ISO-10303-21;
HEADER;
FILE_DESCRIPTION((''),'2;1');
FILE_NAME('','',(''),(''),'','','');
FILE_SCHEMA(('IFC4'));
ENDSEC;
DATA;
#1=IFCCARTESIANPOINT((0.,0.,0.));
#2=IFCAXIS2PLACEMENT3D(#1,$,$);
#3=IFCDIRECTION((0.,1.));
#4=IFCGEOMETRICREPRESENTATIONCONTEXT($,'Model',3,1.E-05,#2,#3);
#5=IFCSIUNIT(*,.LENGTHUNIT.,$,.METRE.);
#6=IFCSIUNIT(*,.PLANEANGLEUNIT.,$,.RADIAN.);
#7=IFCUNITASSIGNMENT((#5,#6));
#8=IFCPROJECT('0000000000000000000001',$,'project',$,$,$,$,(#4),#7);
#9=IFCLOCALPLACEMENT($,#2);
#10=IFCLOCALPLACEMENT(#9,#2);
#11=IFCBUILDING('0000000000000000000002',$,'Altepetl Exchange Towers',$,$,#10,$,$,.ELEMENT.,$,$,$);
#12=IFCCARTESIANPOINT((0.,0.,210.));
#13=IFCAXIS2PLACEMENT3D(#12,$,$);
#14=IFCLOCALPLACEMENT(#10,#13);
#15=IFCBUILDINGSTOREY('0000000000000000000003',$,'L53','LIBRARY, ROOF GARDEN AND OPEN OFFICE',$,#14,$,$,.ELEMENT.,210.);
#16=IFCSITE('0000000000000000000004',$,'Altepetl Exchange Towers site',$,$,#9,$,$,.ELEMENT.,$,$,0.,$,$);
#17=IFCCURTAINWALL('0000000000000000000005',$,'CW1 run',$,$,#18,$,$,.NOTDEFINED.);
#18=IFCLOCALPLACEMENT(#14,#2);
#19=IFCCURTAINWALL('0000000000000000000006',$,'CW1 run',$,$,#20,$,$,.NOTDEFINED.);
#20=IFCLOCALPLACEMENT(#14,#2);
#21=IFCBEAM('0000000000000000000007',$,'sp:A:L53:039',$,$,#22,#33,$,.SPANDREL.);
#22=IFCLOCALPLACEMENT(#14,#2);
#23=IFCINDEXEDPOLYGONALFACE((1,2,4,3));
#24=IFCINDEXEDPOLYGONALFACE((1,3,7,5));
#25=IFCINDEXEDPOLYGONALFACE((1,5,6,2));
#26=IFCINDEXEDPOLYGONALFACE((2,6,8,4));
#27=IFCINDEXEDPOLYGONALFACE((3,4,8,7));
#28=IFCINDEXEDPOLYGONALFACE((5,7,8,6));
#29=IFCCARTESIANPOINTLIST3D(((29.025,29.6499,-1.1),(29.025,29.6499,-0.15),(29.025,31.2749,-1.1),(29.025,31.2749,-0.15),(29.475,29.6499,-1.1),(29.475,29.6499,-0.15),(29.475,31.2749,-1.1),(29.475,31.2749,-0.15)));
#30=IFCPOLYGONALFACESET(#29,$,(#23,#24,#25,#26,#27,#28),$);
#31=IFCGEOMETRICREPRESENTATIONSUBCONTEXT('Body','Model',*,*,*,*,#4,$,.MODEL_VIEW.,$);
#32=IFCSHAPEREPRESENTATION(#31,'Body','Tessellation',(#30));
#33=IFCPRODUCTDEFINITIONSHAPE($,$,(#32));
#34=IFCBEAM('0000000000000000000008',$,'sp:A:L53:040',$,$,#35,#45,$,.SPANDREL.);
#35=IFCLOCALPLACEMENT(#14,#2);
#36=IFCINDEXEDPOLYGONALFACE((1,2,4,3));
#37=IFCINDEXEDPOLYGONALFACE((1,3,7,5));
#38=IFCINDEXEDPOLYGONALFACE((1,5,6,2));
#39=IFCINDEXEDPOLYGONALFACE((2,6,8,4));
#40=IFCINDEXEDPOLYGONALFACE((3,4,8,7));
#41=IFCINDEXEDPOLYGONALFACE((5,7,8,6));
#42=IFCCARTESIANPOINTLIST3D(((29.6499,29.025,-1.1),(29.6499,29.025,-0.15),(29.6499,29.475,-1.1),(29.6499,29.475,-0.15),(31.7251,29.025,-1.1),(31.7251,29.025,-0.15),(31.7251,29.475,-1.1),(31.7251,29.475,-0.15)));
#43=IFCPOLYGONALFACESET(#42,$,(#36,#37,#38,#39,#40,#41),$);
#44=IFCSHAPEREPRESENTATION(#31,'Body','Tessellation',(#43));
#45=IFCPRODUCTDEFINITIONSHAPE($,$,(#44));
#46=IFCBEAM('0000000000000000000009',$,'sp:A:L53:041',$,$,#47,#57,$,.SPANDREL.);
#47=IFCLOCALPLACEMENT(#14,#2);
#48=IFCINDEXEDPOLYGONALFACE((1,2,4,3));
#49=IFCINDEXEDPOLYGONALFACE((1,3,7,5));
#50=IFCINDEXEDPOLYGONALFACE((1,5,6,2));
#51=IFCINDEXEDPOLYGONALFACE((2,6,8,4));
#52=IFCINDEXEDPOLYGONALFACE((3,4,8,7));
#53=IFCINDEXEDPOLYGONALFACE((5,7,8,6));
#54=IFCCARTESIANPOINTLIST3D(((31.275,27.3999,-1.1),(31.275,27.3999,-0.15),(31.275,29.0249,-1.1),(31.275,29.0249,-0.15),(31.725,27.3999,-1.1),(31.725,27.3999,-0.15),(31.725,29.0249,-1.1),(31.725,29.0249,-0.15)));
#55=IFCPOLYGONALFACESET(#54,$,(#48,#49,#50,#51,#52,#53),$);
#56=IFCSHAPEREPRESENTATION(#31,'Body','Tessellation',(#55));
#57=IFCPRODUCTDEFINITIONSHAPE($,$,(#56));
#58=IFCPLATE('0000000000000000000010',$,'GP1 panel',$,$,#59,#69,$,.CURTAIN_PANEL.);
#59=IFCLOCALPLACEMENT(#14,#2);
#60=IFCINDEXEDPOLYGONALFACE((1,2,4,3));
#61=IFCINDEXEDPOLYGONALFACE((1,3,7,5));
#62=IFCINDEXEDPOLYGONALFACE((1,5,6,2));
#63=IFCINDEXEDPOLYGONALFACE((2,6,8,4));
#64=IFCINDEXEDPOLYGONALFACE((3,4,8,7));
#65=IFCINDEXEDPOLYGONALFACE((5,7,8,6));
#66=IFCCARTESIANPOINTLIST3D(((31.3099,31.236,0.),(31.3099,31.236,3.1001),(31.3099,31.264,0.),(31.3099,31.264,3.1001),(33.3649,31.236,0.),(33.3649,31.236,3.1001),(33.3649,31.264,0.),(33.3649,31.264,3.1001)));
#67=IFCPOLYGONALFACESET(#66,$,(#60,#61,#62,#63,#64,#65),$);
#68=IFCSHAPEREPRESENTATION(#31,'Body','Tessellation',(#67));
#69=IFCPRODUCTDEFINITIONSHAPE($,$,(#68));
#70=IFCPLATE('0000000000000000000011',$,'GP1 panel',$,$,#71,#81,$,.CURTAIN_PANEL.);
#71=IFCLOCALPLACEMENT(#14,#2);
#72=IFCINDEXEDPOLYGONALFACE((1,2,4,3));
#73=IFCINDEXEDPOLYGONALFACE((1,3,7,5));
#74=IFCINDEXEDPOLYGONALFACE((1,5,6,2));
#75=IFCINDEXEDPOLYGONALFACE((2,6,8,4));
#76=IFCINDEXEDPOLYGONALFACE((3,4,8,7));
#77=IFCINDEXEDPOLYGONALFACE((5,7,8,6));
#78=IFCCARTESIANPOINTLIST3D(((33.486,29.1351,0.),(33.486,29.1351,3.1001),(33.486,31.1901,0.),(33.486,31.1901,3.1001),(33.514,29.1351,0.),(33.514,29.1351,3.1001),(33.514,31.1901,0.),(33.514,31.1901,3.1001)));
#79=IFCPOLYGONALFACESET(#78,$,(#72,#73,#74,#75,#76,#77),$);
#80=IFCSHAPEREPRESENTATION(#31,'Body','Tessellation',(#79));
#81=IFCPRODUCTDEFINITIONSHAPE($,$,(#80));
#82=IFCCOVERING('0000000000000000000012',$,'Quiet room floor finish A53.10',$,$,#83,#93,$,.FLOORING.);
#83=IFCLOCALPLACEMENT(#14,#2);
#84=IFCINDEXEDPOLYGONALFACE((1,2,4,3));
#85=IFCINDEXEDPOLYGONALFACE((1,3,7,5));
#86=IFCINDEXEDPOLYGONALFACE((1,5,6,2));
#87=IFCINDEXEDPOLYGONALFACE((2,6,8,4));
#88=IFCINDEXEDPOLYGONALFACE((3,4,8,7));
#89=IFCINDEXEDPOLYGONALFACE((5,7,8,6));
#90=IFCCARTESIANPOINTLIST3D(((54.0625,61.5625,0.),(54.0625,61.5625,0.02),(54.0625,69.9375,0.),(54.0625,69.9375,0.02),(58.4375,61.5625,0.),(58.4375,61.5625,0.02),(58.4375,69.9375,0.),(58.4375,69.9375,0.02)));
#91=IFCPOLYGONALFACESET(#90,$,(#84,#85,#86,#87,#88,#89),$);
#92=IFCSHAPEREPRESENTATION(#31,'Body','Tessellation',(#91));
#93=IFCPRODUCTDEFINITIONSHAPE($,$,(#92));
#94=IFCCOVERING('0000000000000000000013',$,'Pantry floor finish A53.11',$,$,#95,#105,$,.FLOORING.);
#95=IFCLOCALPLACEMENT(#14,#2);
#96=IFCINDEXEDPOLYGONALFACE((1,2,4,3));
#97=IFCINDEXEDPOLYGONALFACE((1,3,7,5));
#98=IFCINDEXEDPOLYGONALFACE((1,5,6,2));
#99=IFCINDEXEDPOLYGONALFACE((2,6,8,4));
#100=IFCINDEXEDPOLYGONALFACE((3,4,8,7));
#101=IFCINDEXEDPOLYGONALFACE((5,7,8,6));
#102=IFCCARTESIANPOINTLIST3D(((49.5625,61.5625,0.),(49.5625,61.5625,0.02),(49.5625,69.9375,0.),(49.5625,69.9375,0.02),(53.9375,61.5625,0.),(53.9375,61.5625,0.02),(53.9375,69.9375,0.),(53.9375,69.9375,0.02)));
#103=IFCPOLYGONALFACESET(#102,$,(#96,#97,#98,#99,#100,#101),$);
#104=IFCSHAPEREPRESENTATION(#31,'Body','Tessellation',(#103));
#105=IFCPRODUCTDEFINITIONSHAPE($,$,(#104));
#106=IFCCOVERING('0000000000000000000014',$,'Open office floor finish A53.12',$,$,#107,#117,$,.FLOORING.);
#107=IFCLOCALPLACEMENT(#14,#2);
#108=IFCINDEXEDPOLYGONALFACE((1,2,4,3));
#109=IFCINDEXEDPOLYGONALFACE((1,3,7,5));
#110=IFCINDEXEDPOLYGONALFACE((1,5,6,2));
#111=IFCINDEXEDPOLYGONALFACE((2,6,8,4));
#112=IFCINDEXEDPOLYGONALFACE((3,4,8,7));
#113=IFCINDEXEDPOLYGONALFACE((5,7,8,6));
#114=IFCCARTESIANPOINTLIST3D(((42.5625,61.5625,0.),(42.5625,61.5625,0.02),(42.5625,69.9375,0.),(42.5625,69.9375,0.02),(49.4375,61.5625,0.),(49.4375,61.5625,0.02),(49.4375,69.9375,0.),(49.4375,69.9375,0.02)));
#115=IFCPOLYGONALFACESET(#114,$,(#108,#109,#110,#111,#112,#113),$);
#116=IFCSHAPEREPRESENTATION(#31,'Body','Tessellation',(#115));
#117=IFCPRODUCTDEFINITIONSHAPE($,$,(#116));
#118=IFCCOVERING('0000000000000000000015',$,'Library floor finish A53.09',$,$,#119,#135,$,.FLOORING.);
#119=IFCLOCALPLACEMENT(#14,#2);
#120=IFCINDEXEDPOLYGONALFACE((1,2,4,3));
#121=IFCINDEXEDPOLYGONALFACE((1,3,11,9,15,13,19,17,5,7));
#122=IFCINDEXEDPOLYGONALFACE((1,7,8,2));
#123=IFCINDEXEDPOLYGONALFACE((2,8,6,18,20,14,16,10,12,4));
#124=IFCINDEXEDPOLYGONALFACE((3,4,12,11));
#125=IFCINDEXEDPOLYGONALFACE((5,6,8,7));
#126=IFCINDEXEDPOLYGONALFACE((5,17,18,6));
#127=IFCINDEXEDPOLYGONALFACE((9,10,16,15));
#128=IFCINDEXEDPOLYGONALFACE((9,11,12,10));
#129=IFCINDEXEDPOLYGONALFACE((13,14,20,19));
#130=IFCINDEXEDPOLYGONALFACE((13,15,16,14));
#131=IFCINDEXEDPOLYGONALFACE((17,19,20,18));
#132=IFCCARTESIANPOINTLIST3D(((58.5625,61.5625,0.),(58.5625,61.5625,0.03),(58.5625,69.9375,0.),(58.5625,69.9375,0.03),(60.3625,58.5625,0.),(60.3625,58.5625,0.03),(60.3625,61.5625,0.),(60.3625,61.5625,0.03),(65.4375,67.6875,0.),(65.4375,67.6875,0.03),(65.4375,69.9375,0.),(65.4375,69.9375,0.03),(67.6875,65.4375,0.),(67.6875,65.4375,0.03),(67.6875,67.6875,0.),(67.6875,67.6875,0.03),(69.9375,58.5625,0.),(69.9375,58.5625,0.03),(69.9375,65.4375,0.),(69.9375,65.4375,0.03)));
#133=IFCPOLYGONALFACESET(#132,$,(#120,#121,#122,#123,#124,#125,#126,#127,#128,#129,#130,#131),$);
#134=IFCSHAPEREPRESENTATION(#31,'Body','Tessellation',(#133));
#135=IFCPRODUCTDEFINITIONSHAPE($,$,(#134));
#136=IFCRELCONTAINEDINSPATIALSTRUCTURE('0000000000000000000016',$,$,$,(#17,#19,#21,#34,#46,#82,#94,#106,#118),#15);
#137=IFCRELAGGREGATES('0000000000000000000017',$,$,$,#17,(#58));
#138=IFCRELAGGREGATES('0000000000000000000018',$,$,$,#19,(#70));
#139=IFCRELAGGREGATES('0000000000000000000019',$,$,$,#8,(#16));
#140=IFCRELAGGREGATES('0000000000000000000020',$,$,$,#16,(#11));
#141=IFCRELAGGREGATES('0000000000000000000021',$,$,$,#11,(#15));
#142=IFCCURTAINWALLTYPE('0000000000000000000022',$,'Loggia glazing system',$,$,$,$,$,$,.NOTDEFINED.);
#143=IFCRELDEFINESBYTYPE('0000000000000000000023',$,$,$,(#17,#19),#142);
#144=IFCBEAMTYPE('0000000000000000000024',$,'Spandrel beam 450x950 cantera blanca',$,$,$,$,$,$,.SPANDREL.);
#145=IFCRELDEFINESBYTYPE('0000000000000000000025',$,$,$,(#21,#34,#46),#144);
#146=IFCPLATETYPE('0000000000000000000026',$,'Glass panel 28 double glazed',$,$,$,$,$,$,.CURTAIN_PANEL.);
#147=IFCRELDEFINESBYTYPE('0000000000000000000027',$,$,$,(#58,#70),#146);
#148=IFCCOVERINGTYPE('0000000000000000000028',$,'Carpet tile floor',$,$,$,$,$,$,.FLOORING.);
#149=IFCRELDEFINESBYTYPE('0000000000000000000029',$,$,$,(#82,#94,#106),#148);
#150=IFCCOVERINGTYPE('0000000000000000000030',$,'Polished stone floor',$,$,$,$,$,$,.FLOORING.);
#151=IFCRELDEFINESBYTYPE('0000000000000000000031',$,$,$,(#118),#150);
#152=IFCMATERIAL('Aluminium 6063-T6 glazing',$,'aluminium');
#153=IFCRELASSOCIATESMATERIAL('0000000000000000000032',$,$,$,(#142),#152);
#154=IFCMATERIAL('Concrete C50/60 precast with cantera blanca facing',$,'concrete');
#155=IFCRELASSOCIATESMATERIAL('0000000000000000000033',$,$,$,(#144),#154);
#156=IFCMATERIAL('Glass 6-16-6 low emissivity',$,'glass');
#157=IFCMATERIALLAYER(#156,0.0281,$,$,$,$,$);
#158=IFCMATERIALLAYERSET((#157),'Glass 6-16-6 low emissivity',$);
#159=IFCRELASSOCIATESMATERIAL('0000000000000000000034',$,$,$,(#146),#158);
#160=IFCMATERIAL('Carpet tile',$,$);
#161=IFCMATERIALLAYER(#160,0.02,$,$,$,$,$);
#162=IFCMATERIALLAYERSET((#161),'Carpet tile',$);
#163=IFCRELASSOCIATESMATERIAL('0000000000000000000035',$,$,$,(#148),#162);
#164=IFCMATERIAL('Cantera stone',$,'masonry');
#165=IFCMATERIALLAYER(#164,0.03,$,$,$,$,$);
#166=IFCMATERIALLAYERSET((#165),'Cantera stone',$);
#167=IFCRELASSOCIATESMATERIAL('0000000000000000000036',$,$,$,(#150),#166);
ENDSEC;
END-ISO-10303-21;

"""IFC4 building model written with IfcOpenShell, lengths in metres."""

from ifc_helpers import new_model, si_unit, direction, frame, origin, origin_2d, place, context, subcontext, project, spatial, polyline, rectangle, outline, extrude, material, layer, layer_set, material_profile, profile_set, type_object, element, aggregate, save


model = new_model("IFC4")

# Units and contexts
model_context = context("Model", 3, precision=1e-05, world=origin(), true_north=direction((0.0, 1.0)))
body_context = subcontext(model_context, "Body", "Model", "MODEL_VIEW")
ifc_project = project(units=[si_unit("LENGTHUNIT", "METRE"), si_unit("PLANEANGLEUNIT", "RADIAN")], contexts=[model_context])

# Site, building, storey
site_placement = place(None, origin())
site = spatial("IfcSite", under=ifc_project, at=site_placement, Name="Altepetl Exchange Towers site", CompositionType="ELEMENT", RefElevation=0.0)
building_placement = place(site_placement, origin())
building = spatial("IfcBuilding", under=site, at=building_placement, Name="Altepetl Exchange Towers", CompositionType="ELEMENT")
storey_placement = place(building_placement, frame((0.0, 0.0, 210.0)))
storey = spatial("IfcBuildingStorey", under=building, at=storey_placement, Name="L53", Description="LIBRARY, ROOF GARDEN AND OPEN OFFICE", CompositionType="ELEMENT", Elevation=210.0)

# Shared definitions
ifc_material_1 = material(Name="Aluminium 6063-T6 glazing", Category="aluminium")
curtain_wall_type = type_object("IfcCurtainWallType", Name="Loggia glazing system", PredefinedType="NOTDEFINED", material=ifc_material_1)

# Curtain walls
curtain_wall_1_placement = place(storey_placement, origin())
curtain_wall_1 = element("IfcCurtainWall", 1, at=curtain_wall_1_placement, inside=storey, type_object=curtain_wall_type, Name="CW1 run", PredefinedType="NOTDEFINED")
curtain_wall_2_placement = place(storey_placement, origin())
curtain_wall_2 = element("IfcCurtainWall", 2, at=curtain_wall_2_placement, inside=storey, type_object=curtain_wall_type, Name="CW1 run", PredefinedType="NOTDEFINED")

# Beams
ifc_material_2 = material(Name="Concrete C50/60 precast with cantera blanca facing", Category="concrete")
ifc_material_profile_1 = material_profile(ifc_material_2, rectangle(XDim=0.45, YDim=0.95, at=origin_2d()), Name="450 x 950")
ifc_profile_set_1 = profile_set([ifc_material_profile_1], Name="Concrete C50/60 precast with cantera blanca facing")
beam_type_1 = type_object("IfcBeamType", Name="Spandrel beam 450x950 cantera blanca", PredefinedType="SPANDREL", material=ifc_profile_set_1)
beam_1_placement = place(storey_placement, frame((29.25, 31.2749, -0.625), z_axis=(0.0, -1.0, 0.0), x_axis=(1.0, 0.0, 0.0)))
element("IfcBeam", 3, at=beam_1_placement, inside=storey, type_object=beam_type_1, Name="sp:A:L53:039", PredefinedType="SPANDREL", context=body_context, shape_type="SweptSolid", body=[
    extrude(rectangle(XDim=0.45, YDim=0.95, at=origin_2d()), origin(), (0.0, 0.0, 1.0), 1.625),
])
beam_2_placement = place(storey_placement, frame((29.6499, 29.25, -0.625), z_axis=(1.0, 0.0, 0.0), x_axis=(0.0, 1.0, 0.0)))
element("IfcBeam", 4, at=beam_2_placement, inside=storey, type_object=beam_type_1, Name="sp:A:L53:040", PredefinedType="SPANDREL", context=body_context, shape_type="SweptSolid", body=[
    extrude(rectangle(XDim=0.45, YDim=0.95, at=origin_2d()), origin(), (0.0, 0.0, 1.0), 2.0752),
])
beam_3_placement = place(storey_placement, frame((31.5, 29.0249, -0.625), z_axis=(0.0, -1.0, 0.0), x_axis=(1.0, 0.0, 0.0)))
element("IfcBeam", 5, at=beam_3_placement, inside=storey, type_object=beam_type_1, Name="sp:A:L53:041", PredefinedType="SPANDREL", context=body_context, shape_type="SweptSolid", body=[
    extrude(rectangle(XDim=0.45, YDim=0.95, at=origin_2d()), origin(), (0.0, 0.0, 1.0), 1.625),
])

# Plates
ifc_material_3 = material(Name="Glass 6-16-6 low emissivity", Category="glass")
ifc_layer_1 = layer(ifc_material_3, 0.0281)
ifc_layer_set_1 = layer_set([ifc_layer_1], Name="Glass 6-16-6 low emissivity")
plate_type = type_object("IfcPlateType", Name="Glass panel 28 double glazed", PredefinedType="CURTAIN_PANEL", material=ifc_layer_set_1)
plate_1_placement = place(storey_placement, frame((32.3374, 31.25, 0.0)))
plate_1 = element("IfcPlate", 6, at=plate_1_placement, type_object=plate_type, Name="GP1 panel", PredefinedType="CURTAIN_PANEL", context=body_context, shape_type="SweptSolid", body=[
    extrude(rectangle(XDim=2.0549, YDim=0.0281, at=origin_2d()), origin(), (0.0, 0.0, 1.0), 3.1001),
])
aggregate(curtain_wall_1, [plate_1])
plate_2_placement = place(storey_placement, frame((33.5, 30.1626, 0.0), z_axis=(0.0, 0.0, 1.0), x_axis=(0.0, -1.0, 0.0)))
plate_2 = element("IfcPlate", 7, at=plate_2_placement, type_object=plate_type, Name="GP1 panel", PredefinedType="CURTAIN_PANEL", context=body_context, shape_type="SweptSolid", body=[
    extrude(rectangle(XDim=2.0549, YDim=0.0281, at=origin_2d()), origin(), (0.0, 0.0, 1.0), 3.1001),
])
aggregate(curtain_wall_2, [plate_2])

# Coverings
ifc_material_4 = material(Name="Carpet tile")
ifc_layer_2 = layer(ifc_material_4, 0.02)
ifc_layer_set_2 = layer_set([ifc_layer_2], Name="Carpet tile")
covering_type_1 = type_object("IfcCoveringType", Name="Carpet tile floor", PredefinedType="FLOORING", material=ifc_layer_set_2)
covering_1_placement = place(storey_placement, origin())
element("IfcCovering", 8, at=covering_1_placement, inside=storey, type_object=covering_type_1, Name="Quiet room floor finish A53.10", PredefinedType="FLOORING", context=body_context, shape_type="SweptSolid", body=[
    extrude(outline(polyline([(58.4375, 61.5625), (58.4375, 69.9375), (54.0625, 69.9375), (54.0625, 61.5625), (58.4375, 61.5625)])), origin(), (0.0, 0.0, 1.0), 0.02),
])
covering_2_placement = place(storey_placement, origin())
element("IfcCovering", 9, at=covering_2_placement, inside=storey, type_object=covering_type_1, Name="Pantry floor finish A53.11", PredefinedType="FLOORING", context=body_context, shape_type="SweptSolid", body=[
    extrude(outline(polyline([(53.9375, 61.5625), (53.9375, 69.9375), (49.5625, 69.9375), (49.5625, 61.5625), (53.9375, 61.5625)])), origin(), (0.0, 0.0, 1.0), 0.02),
])
covering_3_placement = place(storey_placement, origin())
element("IfcCovering", 10, at=covering_3_placement, inside=storey, type_object=covering_type_1, Name="Open office floor finish A53.12", PredefinedType="FLOORING", context=body_context, shape_type="SweptSolid", body=[
    extrude(outline(polyline([(49.4375, 61.5625), (49.4375, 69.9375), (42.5625, 69.9375), (42.5625, 61.5625), (49.4375, 61.5625)])), origin(), (0.0, 0.0, 1.0), 0.02),
])
ifc_material_5 = material(Name="Cantera stone", Category="masonry")
ifc_layer_3 = layer(ifc_material_5, 0.03)
ifc_layer_set_3 = layer_set([ifc_layer_3], Name="Cantera stone")
covering_type_2 = type_object("IfcCoveringType", Name="Polished stone floor", PredefinedType="FLOORING", material=ifc_layer_set_3)
covering_4_placement = place(storey_placement, origin())
element("IfcCovering", 11, at=covering_4_placement, inside=storey, type_object=covering_type_2, Name="Library floor finish A53.09", PredefinedType="FLOORING", context=body_context, shape_type="SweptSolid", body=[
    extrude(outline(polyline([(67.6875, 67.6875), (65.4375, 67.6875), (65.4375, 69.9375), (58.5625, 69.9375), (58.5625, 61.5625), (60.3625, 61.5625), (60.3625, 58.5625), (69.9375, 58.5625), (69.9375, 65.4375), (67.6875, 65.4375), (67.6875, 67.6875)])), origin(), (0.0, 0.0, 1.0), 0.03),
])

save(model, "model.ifc")
